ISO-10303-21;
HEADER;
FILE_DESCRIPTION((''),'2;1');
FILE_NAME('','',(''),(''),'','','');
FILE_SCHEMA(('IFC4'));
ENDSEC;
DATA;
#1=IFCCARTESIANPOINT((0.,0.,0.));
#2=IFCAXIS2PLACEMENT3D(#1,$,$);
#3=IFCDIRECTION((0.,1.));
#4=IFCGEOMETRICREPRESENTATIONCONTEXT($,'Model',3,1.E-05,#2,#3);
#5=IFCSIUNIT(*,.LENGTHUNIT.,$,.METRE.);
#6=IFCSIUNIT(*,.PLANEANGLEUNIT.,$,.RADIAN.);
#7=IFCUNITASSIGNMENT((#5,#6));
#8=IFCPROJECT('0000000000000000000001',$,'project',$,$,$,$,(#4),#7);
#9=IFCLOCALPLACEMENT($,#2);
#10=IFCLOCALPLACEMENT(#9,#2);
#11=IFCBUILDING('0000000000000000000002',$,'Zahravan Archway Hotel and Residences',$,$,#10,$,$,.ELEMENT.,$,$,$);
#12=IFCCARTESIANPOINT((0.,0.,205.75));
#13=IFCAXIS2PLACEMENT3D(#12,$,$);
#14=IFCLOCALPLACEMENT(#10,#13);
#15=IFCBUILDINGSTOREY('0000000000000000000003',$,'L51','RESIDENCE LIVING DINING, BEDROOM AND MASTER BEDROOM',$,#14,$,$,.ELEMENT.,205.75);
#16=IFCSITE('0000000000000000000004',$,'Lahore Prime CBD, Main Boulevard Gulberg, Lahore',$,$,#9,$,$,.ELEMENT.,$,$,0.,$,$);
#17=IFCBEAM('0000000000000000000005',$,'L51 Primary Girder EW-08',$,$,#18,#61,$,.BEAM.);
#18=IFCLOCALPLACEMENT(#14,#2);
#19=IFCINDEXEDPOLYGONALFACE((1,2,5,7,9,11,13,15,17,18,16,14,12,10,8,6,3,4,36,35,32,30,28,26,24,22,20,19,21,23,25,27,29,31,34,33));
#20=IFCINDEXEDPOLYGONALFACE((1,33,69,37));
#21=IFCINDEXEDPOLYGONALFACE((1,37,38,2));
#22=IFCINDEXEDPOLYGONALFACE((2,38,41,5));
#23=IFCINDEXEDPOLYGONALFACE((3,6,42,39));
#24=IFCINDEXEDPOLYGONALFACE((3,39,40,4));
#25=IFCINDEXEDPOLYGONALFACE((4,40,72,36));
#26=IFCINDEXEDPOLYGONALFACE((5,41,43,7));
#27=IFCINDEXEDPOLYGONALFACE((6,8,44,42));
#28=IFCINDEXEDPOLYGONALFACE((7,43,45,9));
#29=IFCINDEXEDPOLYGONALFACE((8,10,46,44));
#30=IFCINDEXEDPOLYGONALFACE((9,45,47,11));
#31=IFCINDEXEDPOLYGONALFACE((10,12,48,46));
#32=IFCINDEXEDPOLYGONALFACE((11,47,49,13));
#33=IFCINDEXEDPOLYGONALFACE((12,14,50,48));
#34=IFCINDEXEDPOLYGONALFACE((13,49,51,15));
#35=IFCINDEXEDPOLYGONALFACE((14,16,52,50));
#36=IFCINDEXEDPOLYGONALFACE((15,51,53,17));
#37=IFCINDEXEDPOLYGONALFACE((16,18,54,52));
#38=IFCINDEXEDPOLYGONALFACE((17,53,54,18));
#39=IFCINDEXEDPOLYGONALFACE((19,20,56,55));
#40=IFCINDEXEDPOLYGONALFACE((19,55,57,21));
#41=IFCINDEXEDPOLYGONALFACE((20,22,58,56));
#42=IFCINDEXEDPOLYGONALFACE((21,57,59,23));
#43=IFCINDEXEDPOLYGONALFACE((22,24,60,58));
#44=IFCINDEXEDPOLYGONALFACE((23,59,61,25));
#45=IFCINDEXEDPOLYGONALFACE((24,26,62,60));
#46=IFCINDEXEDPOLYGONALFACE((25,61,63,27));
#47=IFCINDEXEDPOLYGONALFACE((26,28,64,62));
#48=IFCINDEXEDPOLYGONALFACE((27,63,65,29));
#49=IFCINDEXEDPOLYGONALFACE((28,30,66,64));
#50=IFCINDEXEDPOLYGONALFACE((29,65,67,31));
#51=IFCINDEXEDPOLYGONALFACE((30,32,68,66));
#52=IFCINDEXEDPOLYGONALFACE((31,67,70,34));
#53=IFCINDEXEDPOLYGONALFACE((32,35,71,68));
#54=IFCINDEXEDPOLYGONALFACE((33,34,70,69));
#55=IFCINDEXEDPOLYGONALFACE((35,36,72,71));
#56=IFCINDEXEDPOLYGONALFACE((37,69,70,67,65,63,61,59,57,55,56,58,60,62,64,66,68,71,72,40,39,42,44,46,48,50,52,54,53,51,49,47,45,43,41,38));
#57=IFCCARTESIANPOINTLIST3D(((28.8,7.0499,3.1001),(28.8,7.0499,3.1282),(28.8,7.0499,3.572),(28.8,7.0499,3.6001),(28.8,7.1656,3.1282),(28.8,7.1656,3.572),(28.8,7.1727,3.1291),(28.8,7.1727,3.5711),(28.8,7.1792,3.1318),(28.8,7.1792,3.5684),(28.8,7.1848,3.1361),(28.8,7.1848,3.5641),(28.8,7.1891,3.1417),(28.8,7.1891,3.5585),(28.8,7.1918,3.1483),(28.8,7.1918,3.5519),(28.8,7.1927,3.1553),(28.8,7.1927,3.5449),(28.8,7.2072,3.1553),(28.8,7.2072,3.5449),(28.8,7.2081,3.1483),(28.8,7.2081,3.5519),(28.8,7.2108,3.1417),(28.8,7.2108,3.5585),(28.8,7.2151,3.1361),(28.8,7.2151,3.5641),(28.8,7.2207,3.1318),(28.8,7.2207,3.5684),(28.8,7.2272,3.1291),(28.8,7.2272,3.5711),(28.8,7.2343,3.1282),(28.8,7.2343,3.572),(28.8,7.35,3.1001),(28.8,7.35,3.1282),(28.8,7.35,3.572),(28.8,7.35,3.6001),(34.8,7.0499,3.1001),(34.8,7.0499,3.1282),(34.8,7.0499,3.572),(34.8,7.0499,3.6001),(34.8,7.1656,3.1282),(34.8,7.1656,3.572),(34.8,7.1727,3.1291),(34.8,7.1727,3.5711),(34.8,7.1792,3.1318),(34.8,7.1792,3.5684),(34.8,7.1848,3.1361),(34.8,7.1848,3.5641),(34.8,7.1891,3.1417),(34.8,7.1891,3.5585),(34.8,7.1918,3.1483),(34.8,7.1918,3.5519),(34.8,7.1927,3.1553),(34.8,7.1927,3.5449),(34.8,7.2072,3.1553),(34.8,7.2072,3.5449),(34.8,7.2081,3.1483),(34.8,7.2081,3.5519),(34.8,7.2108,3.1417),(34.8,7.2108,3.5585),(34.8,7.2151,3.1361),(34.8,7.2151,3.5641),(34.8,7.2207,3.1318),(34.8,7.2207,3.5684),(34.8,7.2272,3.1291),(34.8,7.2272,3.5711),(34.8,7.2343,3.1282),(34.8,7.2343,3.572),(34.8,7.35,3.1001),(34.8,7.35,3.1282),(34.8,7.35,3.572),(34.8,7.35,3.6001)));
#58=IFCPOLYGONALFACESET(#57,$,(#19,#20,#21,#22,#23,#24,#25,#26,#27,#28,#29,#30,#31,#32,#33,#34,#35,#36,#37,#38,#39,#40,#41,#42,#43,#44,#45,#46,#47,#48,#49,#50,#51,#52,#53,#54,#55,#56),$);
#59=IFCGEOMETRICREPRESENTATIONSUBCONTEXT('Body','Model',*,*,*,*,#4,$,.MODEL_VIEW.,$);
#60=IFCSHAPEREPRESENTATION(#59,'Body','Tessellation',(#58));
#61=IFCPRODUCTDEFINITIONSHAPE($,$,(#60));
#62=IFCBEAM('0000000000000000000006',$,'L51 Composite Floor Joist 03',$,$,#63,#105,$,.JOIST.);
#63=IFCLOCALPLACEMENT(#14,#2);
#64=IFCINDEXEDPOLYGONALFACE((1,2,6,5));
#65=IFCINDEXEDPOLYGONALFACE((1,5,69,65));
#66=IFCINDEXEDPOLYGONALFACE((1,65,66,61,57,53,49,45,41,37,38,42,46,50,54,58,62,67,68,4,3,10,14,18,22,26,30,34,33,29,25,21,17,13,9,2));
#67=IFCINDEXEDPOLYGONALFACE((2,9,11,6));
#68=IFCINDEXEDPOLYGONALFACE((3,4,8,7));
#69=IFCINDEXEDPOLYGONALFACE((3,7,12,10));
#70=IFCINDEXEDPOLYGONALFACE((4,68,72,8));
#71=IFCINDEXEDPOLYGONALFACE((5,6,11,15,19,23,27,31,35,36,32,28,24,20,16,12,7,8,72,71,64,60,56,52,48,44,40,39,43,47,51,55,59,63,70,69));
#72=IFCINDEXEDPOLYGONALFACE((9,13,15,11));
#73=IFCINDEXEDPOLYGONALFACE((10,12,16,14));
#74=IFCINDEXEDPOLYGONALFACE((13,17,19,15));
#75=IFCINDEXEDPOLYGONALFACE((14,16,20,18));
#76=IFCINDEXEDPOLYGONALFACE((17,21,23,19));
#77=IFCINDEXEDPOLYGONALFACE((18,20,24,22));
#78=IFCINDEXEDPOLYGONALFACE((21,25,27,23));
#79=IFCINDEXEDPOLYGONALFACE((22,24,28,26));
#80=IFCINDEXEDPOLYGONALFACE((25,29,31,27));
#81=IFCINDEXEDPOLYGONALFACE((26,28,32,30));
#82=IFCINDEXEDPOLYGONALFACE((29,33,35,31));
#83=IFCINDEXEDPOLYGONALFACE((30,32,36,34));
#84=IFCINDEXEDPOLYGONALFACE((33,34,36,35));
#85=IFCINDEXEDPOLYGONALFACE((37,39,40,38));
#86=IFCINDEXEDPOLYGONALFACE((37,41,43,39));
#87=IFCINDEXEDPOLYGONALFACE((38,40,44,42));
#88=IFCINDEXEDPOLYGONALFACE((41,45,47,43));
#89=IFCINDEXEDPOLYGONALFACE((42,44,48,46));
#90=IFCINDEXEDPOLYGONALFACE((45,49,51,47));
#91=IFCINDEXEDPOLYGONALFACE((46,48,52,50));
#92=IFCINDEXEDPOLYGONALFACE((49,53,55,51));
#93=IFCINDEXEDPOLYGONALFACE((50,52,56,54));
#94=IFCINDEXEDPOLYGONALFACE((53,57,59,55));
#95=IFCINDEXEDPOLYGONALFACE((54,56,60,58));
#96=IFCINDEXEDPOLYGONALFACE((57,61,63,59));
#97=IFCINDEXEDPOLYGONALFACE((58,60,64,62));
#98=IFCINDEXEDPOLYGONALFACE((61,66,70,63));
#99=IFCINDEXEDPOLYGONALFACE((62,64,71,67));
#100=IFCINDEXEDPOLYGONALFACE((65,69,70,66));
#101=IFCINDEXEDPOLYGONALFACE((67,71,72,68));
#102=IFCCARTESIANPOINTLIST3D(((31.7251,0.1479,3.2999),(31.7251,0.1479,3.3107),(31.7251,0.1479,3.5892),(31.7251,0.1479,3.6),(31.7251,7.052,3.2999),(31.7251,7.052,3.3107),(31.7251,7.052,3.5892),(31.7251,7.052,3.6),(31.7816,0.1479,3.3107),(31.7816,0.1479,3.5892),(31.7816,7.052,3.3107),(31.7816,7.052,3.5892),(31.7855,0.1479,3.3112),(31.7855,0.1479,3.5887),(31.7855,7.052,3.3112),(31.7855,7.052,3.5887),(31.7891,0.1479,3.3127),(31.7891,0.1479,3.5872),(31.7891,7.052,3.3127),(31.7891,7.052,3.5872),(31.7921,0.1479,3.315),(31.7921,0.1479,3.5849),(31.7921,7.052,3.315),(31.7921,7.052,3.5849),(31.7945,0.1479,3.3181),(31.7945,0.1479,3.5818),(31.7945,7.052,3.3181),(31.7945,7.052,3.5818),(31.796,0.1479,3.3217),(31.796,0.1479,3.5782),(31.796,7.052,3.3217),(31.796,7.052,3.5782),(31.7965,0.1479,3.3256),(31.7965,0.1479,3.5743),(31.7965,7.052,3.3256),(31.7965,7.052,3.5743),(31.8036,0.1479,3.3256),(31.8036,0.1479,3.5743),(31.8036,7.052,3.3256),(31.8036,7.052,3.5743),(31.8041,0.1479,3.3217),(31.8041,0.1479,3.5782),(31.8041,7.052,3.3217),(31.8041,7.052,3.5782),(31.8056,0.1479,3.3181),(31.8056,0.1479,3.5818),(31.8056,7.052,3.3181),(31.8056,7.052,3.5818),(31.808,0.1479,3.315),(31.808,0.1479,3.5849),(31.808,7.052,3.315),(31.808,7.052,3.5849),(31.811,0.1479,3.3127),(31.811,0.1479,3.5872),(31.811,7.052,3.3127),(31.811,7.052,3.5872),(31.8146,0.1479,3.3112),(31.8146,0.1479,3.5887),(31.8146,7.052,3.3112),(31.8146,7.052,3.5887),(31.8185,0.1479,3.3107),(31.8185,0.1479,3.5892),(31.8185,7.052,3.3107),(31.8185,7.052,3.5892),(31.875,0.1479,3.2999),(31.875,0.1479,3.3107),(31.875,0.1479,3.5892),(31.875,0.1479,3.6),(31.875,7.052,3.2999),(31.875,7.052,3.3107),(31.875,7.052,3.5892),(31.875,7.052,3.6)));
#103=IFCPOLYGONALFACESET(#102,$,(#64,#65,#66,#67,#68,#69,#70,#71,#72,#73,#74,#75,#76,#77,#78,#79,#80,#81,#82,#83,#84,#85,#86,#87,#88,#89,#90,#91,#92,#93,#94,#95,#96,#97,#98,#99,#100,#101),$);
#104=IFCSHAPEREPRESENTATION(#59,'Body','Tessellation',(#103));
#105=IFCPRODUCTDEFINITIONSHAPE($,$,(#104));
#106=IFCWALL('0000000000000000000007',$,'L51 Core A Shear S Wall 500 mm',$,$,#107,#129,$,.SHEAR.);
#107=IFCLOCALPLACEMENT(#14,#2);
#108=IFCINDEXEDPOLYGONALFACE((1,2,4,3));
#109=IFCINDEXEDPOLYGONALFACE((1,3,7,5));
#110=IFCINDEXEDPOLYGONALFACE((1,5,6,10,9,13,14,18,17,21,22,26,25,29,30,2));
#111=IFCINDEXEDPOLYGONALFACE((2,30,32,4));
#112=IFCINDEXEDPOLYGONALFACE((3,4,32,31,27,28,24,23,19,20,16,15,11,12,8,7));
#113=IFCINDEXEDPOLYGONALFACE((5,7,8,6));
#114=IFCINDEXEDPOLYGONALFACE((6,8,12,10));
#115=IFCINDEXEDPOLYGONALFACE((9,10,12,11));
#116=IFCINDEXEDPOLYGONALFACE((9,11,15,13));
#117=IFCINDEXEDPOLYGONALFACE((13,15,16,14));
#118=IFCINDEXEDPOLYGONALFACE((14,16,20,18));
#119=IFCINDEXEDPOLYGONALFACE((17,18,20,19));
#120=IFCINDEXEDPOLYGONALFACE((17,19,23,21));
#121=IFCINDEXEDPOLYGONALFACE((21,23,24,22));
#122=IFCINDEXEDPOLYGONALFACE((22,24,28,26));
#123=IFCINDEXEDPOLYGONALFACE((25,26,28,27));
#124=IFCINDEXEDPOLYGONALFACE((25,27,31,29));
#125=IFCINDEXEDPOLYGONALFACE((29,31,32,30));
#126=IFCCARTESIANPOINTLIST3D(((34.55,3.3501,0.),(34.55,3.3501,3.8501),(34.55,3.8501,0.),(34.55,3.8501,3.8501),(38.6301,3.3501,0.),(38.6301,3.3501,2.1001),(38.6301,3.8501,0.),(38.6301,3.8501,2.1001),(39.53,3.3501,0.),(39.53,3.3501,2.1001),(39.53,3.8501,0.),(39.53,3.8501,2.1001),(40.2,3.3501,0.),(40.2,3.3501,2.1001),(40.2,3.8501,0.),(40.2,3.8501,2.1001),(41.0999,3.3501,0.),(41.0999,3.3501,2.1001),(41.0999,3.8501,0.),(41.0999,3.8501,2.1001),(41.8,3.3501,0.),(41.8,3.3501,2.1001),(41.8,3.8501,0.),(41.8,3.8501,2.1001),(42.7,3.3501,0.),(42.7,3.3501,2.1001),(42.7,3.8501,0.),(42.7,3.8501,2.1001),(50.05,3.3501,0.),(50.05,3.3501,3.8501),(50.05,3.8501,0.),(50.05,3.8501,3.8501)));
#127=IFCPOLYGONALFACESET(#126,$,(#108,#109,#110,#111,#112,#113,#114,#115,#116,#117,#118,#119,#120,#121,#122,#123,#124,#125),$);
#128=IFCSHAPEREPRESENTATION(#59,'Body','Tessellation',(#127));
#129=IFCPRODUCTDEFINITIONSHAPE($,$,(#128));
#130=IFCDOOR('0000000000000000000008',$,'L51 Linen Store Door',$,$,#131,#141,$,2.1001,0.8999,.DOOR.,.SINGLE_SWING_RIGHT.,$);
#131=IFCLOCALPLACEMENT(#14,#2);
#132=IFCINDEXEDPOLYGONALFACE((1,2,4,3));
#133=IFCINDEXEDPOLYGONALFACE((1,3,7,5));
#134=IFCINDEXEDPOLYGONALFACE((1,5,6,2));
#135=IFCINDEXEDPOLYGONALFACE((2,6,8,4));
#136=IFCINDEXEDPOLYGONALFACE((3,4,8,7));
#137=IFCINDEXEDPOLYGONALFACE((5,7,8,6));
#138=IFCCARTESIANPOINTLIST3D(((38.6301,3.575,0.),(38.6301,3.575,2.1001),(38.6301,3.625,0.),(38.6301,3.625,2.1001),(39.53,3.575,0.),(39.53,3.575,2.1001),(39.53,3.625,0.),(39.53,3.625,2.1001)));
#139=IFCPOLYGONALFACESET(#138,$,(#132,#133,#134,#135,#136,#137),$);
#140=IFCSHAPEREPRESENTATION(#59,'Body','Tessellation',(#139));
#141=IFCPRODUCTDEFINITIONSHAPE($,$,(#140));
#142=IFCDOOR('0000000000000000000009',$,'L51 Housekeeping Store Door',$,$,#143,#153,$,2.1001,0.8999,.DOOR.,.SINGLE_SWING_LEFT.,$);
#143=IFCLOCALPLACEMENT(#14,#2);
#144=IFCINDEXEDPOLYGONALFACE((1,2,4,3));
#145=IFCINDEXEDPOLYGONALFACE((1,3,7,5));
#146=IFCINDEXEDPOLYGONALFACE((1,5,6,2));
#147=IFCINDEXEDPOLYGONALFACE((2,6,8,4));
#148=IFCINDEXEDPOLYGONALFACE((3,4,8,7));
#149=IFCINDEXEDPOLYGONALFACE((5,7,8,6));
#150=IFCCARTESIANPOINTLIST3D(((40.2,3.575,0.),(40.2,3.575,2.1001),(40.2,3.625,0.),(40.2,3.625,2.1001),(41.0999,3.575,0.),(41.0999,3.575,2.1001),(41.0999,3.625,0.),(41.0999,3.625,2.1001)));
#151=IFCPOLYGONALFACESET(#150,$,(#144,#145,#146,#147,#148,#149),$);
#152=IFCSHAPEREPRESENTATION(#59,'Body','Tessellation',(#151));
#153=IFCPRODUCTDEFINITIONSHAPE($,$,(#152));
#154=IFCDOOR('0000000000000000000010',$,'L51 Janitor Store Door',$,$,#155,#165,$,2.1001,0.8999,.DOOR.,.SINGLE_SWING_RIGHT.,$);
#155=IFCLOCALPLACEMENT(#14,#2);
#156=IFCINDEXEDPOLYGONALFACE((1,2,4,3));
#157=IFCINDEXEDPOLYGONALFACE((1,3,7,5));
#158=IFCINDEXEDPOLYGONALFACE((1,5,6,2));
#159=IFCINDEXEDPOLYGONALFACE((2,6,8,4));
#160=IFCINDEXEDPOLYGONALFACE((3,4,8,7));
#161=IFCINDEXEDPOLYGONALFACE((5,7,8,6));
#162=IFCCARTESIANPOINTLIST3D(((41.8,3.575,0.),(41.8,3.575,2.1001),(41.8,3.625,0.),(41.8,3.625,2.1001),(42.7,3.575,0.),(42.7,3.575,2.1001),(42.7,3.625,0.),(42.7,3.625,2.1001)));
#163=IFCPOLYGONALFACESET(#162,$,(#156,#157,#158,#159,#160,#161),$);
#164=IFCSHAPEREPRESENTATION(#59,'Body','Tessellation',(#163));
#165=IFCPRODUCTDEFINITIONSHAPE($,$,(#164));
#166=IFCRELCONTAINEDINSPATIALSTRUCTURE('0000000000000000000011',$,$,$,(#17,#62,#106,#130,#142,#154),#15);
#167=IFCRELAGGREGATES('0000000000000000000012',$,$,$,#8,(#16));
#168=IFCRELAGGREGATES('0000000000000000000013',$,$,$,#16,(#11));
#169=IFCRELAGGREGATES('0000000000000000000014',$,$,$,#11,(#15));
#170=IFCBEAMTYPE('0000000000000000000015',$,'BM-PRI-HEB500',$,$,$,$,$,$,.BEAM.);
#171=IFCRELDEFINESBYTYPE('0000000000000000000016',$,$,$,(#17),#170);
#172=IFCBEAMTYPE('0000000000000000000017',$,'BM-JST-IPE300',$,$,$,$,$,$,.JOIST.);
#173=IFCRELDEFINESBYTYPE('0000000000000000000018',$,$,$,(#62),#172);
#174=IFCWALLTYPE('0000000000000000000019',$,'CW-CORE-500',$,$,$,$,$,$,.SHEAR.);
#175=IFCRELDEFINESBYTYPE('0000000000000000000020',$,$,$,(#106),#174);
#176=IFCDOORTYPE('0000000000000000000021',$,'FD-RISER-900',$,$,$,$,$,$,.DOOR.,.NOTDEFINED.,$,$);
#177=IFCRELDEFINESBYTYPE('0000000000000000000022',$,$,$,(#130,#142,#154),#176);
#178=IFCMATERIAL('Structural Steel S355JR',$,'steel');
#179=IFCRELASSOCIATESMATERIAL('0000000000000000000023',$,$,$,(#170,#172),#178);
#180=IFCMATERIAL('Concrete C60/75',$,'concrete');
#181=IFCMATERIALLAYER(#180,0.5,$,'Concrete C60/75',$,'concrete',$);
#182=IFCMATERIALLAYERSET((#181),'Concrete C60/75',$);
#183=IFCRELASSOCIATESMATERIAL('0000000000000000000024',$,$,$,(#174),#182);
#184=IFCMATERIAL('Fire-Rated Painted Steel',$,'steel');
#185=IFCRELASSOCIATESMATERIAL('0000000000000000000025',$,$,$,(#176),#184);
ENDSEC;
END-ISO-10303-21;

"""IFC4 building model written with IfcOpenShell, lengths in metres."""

from ifc_helpers import new_model, si_unit, direction, frame, frame_2d, origin, origin_2d, place, context, subcontext, project, spatial, rectangle, i_section, extrude, source, transform, mapped, material, layer, layer_set, material_profile, profile_set, type_object, type_shapes, element, fill, save


model = new_model("IFC4")

# Units and contexts
model_context = context("Model", 3, precision=1e-05, world=origin(), true_north=direction((0.0, 1.0)))
body_context = subcontext(model_context, "Body", "Model", "MODEL_VIEW")
ifc_project = project(units=[si_unit("LENGTHUNIT", "METRE"), si_unit("PLANEANGLEUNIT", "RADIAN")], contexts=[model_context])

# Site, building, storey
site_placement = place(None, origin())
site = spatial("IfcSite", under=ifc_project, at=site_placement, Name="Lahore Prime CBD, Main Boulevard Gulberg, Lahore", CompositionType="ELEMENT", RefElevation=0.0)
building_placement = place(site_placement, origin())
building = spatial("IfcBuilding", under=site, at=building_placement, Name="Zahravan Archway Hotel and Residences", CompositionType="ELEMENT")
storey_placement = place(building_placement, frame((0.0, 0.0, 205.75)))
storey = spatial("IfcBuildingStorey", under=building, at=storey_placement, Name="L51", Description="RESIDENCE LIVING DINING, BEDROOM AND MASTER BEDROOM", CompositionType="ELEMENT", Elevation=205.75)

# Shared definitions
ifc_material_1 = material(Name="Concrete C60/75", Category="concrete")

# Beams
ifc_material_2 = material(Name="Structural Steel S355JR", Category="steel")
ifc_material_profile_1 = material_profile(ifc_material_2, i_section(OverallWidth=0.3, OverallDepth=0.5, WebThickness=0.0144, FlangeThickness=0.0281, FilletRadius=0.0271, at=origin_2d()), Name="HEB 500", Category="steel")
ifc_profile_set_1 = profile_set([ifc_material_profile_1], Name="Structural Steel S355JR")
beam_type_1 = type_object("IfcBeamType", Name="BM-PRI-HEB500", PredefinedType="BEAM", material=ifc_profile_set_1)
shared_shape_1 = source(origin(), body_context, "Body", "SweptSolid", [
    extrude(i_section(OverallWidth=0.3, OverallDepth=0.5, WebThickness=0.0144, FlangeThickness=0.0281, FilletRadius=0.0271, at=origin_2d()), origin(), (0.0, 0.0, 1.0), 6.0),
])
for number, where, z_axis, x_axis, name in (
    (1, (28.8, 7.2, 3.3501), (1.0, 0.0, 0.0), (0.0, 1.0, 0.0), "L51 Primary Girder EW-08"),
):
    element("IfcBeam", number, at=place(storey_placement, frame(where, z_axis=z_axis, x_axis=x_axis)), inside=storey, type_object=beam_type_1, Name=name, PredefinedType="BEAM", context=body_context, shape_type="MappedRepresentation", body=[
        mapped(shared_shape_1, transform((0.0, 0.0, 0.0), scale=1.0)),
    ])
ifc_material_profile_2 = material_profile(ifc_material_2, i_section(OverallWidth=0.1499, OverallDepth=0.3, WebThickness=0.0071, FlangeThickness=0.0107, FilletRadius=0.0149, at=origin_2d()), Name="IPE 300", Category="steel")
ifc_profile_set_2 = profile_set([ifc_material_profile_2], Name="Structural Steel S355JR")
beam_type_2 = type_object("IfcBeamType", Name="BM-JST-IPE300", PredefinedType="JOIST", material=ifc_profile_set_2)
shared_shape_2 = source(origin(), body_context, "Body", "SweptSolid", [
    extrude(i_section(OverallWidth=0.1499, OverallDepth=0.3, WebThickness=0.0071, FlangeThickness=0.0107, FilletRadius=0.0149, at=origin_2d()), origin(), (0.0, 0.0, 1.0), 6.9041),
])
type_shapes(beam_type_2, [shared_shape_2])
beam_placement = place(storey_placement, frame((31.8, 0.1479, 3.45), z_axis=(0.0, 1.0, 0.0), x_axis=(-1.0, 0.0, 0.0)))
element("IfcBeam", 2, at=beam_placement, inside=storey, type_object=beam_type_2, Name="L51 Composite Floor Joist 03", PredefinedType="JOIST", context=body_context, shape_type="MappedRepresentation", body=[
    mapped(shared_shape_2, transform((0.0, 0.0, 0.0), scale=1.0)),
])

# Wall, openings, doors
ifc_layer_1 = layer(ifc_material_1, 0.5, Name="Concrete C60/75", Category="concrete")
ifc_layer_set_1 = layer_set([ifc_layer_1], Name="Concrete C60/75")
wall_type_1 = type_object("IfcWallType", Name="CW-CORE-500", PredefinedType="SHEAR", material=ifc_layer_set_1)
wall_1_placement = place(storey_placement, frame((34.55, 3.6001, 0.0), z_axis=(0.0, 0.0, 1.0), x_axis=(1.0, 0.0, 0.0)))
wall_1 = element("IfcWall", 3, at=wall_1_placement, inside=storey, type_object=wall_type_1, Name="L51 Core A Shear S Wall 500 mm", PredefinedType="SHEAR", context=body_context, shape_type="SweptSolid", body=[
    extrude(rectangle(XDim=15.5, YDim=0.5, at=frame_2d((7.75, 0.0))), origin(), (0.0, 0.0, 1.0), 3.8501),
])
opening_1_placement = place(wall_1_placement, frame((4.0801, 0.0, 0.0)))
opening_1 = element("IfcOpeningElement", 4, at=opening_1_placement, cuts=wall_1, PredefinedType="OPENING", context=body_context, shape_type="SweptSolid", body=[
    extrude(rectangle(XDim=0.8999, YDim=2.1001, at=frame_2d((0.45, 1.05))), frame((0.0, 0.26, 0.0), z_axis=(0.0, -1.0, 0.0), x_axis=(1.0, 0.0, 0.0)), (0.0, 0.0, 1.0), 0.52),
])
opening_2_placement = place(wall_1_placement, frame((5.6499, 0.0, 0.0)))
opening_2 = element("IfcOpeningElement", 5, at=opening_2_placement, cuts=wall_1, PredefinedType="OPENING", context=body_context, shape_type="SweptSolid", body=[
    extrude(rectangle(XDim=0.8999, YDim=2.1001, at=frame_2d((0.45, 1.05))), frame((0.0, 0.26, 0.0), z_axis=(0.0, -1.0, 0.0), x_axis=(1.0, 0.0, 0.0)), (0.0, 0.0, 1.0), 0.52),
])
opening_3_placement = place(wall_1_placement, frame((7.25, 0.0, 0.0)))
opening_3 = element("IfcOpeningElement", 6, at=opening_3_placement, cuts=wall_1, PredefinedType="OPENING", context=body_context, shape_type="SweptSolid", body=[
    extrude(rectangle(XDim=0.8999, YDim=2.1001, at=frame_2d((0.45, 1.05))), frame((0.0, 0.26, 0.0), z_axis=(0.0, -1.0, 0.0), x_axis=(1.0, 0.0, 0.0)), (0.0, 0.0, 1.0), 0.52),
])
ifc_material_3 = material(Name="Fire-Rated Painted Steel", Category="steel")
door_type_1 = type_object("IfcDoorType", Name="FD-RISER-900", OperationType="NOTDEFINED", PredefinedType="DOOR", material=ifc_material_3)
shared_shape_3 = source(origin(), body_context, "Body", "SweptSolid", [
    extrude(rectangle(XDim=0.8999, YDim=2.1001, at=frame_2d((0.45, 1.05))), frame((0.0, 0.0249, 0.0), z_axis=(0.0, -1.0, 0.0), x_axis=(1.0, 0.0, 0.0)), (0.0, 0.0, 1.0), 0.05),
])
type_shapes(door_type_1, [shared_shape_3])
door_1_placement = place(opening_1_placement, origin())
door_1 = element("IfcDoor", 7, at=door_1_placement, inside=storey, type_object=door_type_1, Name="L51 Linen Store Door", OperationType="SINGLE_SWING_RIGHT", OverallHeight=2.1001, OverallWidth=0.8999, PredefinedType="DOOR", context=body_context, shape_type="MappedRepresentation", body=[
    mapped(shared_shape_3, transform((0.0, 0.0, 0.0), scale=1.0)),
])
fill(opening_1, door_1)
door_2_placement = place(opening_2_placement, origin())
door_2 = element("IfcDoor", 8, at=door_2_placement, inside=storey, type_object=door_type_1, Name="L51 Housekeeping Store Door", OperationType="SINGLE_SWING_LEFT", OverallHeight=2.1001, OverallWidth=0.8999, PredefinedType="DOOR", context=body_context, shape_type="MappedRepresentation", body=[
    mapped(shared_shape_3, transform((0.0, 0.0, 0.0), scale=1.0)),
])
fill(opening_2, door_2)
door_3_placement = place(opening_3_placement, origin())
door_3 = element("IfcDoor", 9, at=door_3_placement, inside=storey, type_object=door_type_1, Name="L51 Janitor Store Door", OperationType="SINGLE_SWING_RIGHT", OverallHeight=2.1001, OverallWidth=0.8999, PredefinedType="DOOR", context=body_context, shape_type="MappedRepresentation", body=[
    mapped(shared_shape_3, transform((0.0, 0.0, 0.0), scale=1.0)),
])
fill(opening_3, door_3)

save(model, "model.ifc")
